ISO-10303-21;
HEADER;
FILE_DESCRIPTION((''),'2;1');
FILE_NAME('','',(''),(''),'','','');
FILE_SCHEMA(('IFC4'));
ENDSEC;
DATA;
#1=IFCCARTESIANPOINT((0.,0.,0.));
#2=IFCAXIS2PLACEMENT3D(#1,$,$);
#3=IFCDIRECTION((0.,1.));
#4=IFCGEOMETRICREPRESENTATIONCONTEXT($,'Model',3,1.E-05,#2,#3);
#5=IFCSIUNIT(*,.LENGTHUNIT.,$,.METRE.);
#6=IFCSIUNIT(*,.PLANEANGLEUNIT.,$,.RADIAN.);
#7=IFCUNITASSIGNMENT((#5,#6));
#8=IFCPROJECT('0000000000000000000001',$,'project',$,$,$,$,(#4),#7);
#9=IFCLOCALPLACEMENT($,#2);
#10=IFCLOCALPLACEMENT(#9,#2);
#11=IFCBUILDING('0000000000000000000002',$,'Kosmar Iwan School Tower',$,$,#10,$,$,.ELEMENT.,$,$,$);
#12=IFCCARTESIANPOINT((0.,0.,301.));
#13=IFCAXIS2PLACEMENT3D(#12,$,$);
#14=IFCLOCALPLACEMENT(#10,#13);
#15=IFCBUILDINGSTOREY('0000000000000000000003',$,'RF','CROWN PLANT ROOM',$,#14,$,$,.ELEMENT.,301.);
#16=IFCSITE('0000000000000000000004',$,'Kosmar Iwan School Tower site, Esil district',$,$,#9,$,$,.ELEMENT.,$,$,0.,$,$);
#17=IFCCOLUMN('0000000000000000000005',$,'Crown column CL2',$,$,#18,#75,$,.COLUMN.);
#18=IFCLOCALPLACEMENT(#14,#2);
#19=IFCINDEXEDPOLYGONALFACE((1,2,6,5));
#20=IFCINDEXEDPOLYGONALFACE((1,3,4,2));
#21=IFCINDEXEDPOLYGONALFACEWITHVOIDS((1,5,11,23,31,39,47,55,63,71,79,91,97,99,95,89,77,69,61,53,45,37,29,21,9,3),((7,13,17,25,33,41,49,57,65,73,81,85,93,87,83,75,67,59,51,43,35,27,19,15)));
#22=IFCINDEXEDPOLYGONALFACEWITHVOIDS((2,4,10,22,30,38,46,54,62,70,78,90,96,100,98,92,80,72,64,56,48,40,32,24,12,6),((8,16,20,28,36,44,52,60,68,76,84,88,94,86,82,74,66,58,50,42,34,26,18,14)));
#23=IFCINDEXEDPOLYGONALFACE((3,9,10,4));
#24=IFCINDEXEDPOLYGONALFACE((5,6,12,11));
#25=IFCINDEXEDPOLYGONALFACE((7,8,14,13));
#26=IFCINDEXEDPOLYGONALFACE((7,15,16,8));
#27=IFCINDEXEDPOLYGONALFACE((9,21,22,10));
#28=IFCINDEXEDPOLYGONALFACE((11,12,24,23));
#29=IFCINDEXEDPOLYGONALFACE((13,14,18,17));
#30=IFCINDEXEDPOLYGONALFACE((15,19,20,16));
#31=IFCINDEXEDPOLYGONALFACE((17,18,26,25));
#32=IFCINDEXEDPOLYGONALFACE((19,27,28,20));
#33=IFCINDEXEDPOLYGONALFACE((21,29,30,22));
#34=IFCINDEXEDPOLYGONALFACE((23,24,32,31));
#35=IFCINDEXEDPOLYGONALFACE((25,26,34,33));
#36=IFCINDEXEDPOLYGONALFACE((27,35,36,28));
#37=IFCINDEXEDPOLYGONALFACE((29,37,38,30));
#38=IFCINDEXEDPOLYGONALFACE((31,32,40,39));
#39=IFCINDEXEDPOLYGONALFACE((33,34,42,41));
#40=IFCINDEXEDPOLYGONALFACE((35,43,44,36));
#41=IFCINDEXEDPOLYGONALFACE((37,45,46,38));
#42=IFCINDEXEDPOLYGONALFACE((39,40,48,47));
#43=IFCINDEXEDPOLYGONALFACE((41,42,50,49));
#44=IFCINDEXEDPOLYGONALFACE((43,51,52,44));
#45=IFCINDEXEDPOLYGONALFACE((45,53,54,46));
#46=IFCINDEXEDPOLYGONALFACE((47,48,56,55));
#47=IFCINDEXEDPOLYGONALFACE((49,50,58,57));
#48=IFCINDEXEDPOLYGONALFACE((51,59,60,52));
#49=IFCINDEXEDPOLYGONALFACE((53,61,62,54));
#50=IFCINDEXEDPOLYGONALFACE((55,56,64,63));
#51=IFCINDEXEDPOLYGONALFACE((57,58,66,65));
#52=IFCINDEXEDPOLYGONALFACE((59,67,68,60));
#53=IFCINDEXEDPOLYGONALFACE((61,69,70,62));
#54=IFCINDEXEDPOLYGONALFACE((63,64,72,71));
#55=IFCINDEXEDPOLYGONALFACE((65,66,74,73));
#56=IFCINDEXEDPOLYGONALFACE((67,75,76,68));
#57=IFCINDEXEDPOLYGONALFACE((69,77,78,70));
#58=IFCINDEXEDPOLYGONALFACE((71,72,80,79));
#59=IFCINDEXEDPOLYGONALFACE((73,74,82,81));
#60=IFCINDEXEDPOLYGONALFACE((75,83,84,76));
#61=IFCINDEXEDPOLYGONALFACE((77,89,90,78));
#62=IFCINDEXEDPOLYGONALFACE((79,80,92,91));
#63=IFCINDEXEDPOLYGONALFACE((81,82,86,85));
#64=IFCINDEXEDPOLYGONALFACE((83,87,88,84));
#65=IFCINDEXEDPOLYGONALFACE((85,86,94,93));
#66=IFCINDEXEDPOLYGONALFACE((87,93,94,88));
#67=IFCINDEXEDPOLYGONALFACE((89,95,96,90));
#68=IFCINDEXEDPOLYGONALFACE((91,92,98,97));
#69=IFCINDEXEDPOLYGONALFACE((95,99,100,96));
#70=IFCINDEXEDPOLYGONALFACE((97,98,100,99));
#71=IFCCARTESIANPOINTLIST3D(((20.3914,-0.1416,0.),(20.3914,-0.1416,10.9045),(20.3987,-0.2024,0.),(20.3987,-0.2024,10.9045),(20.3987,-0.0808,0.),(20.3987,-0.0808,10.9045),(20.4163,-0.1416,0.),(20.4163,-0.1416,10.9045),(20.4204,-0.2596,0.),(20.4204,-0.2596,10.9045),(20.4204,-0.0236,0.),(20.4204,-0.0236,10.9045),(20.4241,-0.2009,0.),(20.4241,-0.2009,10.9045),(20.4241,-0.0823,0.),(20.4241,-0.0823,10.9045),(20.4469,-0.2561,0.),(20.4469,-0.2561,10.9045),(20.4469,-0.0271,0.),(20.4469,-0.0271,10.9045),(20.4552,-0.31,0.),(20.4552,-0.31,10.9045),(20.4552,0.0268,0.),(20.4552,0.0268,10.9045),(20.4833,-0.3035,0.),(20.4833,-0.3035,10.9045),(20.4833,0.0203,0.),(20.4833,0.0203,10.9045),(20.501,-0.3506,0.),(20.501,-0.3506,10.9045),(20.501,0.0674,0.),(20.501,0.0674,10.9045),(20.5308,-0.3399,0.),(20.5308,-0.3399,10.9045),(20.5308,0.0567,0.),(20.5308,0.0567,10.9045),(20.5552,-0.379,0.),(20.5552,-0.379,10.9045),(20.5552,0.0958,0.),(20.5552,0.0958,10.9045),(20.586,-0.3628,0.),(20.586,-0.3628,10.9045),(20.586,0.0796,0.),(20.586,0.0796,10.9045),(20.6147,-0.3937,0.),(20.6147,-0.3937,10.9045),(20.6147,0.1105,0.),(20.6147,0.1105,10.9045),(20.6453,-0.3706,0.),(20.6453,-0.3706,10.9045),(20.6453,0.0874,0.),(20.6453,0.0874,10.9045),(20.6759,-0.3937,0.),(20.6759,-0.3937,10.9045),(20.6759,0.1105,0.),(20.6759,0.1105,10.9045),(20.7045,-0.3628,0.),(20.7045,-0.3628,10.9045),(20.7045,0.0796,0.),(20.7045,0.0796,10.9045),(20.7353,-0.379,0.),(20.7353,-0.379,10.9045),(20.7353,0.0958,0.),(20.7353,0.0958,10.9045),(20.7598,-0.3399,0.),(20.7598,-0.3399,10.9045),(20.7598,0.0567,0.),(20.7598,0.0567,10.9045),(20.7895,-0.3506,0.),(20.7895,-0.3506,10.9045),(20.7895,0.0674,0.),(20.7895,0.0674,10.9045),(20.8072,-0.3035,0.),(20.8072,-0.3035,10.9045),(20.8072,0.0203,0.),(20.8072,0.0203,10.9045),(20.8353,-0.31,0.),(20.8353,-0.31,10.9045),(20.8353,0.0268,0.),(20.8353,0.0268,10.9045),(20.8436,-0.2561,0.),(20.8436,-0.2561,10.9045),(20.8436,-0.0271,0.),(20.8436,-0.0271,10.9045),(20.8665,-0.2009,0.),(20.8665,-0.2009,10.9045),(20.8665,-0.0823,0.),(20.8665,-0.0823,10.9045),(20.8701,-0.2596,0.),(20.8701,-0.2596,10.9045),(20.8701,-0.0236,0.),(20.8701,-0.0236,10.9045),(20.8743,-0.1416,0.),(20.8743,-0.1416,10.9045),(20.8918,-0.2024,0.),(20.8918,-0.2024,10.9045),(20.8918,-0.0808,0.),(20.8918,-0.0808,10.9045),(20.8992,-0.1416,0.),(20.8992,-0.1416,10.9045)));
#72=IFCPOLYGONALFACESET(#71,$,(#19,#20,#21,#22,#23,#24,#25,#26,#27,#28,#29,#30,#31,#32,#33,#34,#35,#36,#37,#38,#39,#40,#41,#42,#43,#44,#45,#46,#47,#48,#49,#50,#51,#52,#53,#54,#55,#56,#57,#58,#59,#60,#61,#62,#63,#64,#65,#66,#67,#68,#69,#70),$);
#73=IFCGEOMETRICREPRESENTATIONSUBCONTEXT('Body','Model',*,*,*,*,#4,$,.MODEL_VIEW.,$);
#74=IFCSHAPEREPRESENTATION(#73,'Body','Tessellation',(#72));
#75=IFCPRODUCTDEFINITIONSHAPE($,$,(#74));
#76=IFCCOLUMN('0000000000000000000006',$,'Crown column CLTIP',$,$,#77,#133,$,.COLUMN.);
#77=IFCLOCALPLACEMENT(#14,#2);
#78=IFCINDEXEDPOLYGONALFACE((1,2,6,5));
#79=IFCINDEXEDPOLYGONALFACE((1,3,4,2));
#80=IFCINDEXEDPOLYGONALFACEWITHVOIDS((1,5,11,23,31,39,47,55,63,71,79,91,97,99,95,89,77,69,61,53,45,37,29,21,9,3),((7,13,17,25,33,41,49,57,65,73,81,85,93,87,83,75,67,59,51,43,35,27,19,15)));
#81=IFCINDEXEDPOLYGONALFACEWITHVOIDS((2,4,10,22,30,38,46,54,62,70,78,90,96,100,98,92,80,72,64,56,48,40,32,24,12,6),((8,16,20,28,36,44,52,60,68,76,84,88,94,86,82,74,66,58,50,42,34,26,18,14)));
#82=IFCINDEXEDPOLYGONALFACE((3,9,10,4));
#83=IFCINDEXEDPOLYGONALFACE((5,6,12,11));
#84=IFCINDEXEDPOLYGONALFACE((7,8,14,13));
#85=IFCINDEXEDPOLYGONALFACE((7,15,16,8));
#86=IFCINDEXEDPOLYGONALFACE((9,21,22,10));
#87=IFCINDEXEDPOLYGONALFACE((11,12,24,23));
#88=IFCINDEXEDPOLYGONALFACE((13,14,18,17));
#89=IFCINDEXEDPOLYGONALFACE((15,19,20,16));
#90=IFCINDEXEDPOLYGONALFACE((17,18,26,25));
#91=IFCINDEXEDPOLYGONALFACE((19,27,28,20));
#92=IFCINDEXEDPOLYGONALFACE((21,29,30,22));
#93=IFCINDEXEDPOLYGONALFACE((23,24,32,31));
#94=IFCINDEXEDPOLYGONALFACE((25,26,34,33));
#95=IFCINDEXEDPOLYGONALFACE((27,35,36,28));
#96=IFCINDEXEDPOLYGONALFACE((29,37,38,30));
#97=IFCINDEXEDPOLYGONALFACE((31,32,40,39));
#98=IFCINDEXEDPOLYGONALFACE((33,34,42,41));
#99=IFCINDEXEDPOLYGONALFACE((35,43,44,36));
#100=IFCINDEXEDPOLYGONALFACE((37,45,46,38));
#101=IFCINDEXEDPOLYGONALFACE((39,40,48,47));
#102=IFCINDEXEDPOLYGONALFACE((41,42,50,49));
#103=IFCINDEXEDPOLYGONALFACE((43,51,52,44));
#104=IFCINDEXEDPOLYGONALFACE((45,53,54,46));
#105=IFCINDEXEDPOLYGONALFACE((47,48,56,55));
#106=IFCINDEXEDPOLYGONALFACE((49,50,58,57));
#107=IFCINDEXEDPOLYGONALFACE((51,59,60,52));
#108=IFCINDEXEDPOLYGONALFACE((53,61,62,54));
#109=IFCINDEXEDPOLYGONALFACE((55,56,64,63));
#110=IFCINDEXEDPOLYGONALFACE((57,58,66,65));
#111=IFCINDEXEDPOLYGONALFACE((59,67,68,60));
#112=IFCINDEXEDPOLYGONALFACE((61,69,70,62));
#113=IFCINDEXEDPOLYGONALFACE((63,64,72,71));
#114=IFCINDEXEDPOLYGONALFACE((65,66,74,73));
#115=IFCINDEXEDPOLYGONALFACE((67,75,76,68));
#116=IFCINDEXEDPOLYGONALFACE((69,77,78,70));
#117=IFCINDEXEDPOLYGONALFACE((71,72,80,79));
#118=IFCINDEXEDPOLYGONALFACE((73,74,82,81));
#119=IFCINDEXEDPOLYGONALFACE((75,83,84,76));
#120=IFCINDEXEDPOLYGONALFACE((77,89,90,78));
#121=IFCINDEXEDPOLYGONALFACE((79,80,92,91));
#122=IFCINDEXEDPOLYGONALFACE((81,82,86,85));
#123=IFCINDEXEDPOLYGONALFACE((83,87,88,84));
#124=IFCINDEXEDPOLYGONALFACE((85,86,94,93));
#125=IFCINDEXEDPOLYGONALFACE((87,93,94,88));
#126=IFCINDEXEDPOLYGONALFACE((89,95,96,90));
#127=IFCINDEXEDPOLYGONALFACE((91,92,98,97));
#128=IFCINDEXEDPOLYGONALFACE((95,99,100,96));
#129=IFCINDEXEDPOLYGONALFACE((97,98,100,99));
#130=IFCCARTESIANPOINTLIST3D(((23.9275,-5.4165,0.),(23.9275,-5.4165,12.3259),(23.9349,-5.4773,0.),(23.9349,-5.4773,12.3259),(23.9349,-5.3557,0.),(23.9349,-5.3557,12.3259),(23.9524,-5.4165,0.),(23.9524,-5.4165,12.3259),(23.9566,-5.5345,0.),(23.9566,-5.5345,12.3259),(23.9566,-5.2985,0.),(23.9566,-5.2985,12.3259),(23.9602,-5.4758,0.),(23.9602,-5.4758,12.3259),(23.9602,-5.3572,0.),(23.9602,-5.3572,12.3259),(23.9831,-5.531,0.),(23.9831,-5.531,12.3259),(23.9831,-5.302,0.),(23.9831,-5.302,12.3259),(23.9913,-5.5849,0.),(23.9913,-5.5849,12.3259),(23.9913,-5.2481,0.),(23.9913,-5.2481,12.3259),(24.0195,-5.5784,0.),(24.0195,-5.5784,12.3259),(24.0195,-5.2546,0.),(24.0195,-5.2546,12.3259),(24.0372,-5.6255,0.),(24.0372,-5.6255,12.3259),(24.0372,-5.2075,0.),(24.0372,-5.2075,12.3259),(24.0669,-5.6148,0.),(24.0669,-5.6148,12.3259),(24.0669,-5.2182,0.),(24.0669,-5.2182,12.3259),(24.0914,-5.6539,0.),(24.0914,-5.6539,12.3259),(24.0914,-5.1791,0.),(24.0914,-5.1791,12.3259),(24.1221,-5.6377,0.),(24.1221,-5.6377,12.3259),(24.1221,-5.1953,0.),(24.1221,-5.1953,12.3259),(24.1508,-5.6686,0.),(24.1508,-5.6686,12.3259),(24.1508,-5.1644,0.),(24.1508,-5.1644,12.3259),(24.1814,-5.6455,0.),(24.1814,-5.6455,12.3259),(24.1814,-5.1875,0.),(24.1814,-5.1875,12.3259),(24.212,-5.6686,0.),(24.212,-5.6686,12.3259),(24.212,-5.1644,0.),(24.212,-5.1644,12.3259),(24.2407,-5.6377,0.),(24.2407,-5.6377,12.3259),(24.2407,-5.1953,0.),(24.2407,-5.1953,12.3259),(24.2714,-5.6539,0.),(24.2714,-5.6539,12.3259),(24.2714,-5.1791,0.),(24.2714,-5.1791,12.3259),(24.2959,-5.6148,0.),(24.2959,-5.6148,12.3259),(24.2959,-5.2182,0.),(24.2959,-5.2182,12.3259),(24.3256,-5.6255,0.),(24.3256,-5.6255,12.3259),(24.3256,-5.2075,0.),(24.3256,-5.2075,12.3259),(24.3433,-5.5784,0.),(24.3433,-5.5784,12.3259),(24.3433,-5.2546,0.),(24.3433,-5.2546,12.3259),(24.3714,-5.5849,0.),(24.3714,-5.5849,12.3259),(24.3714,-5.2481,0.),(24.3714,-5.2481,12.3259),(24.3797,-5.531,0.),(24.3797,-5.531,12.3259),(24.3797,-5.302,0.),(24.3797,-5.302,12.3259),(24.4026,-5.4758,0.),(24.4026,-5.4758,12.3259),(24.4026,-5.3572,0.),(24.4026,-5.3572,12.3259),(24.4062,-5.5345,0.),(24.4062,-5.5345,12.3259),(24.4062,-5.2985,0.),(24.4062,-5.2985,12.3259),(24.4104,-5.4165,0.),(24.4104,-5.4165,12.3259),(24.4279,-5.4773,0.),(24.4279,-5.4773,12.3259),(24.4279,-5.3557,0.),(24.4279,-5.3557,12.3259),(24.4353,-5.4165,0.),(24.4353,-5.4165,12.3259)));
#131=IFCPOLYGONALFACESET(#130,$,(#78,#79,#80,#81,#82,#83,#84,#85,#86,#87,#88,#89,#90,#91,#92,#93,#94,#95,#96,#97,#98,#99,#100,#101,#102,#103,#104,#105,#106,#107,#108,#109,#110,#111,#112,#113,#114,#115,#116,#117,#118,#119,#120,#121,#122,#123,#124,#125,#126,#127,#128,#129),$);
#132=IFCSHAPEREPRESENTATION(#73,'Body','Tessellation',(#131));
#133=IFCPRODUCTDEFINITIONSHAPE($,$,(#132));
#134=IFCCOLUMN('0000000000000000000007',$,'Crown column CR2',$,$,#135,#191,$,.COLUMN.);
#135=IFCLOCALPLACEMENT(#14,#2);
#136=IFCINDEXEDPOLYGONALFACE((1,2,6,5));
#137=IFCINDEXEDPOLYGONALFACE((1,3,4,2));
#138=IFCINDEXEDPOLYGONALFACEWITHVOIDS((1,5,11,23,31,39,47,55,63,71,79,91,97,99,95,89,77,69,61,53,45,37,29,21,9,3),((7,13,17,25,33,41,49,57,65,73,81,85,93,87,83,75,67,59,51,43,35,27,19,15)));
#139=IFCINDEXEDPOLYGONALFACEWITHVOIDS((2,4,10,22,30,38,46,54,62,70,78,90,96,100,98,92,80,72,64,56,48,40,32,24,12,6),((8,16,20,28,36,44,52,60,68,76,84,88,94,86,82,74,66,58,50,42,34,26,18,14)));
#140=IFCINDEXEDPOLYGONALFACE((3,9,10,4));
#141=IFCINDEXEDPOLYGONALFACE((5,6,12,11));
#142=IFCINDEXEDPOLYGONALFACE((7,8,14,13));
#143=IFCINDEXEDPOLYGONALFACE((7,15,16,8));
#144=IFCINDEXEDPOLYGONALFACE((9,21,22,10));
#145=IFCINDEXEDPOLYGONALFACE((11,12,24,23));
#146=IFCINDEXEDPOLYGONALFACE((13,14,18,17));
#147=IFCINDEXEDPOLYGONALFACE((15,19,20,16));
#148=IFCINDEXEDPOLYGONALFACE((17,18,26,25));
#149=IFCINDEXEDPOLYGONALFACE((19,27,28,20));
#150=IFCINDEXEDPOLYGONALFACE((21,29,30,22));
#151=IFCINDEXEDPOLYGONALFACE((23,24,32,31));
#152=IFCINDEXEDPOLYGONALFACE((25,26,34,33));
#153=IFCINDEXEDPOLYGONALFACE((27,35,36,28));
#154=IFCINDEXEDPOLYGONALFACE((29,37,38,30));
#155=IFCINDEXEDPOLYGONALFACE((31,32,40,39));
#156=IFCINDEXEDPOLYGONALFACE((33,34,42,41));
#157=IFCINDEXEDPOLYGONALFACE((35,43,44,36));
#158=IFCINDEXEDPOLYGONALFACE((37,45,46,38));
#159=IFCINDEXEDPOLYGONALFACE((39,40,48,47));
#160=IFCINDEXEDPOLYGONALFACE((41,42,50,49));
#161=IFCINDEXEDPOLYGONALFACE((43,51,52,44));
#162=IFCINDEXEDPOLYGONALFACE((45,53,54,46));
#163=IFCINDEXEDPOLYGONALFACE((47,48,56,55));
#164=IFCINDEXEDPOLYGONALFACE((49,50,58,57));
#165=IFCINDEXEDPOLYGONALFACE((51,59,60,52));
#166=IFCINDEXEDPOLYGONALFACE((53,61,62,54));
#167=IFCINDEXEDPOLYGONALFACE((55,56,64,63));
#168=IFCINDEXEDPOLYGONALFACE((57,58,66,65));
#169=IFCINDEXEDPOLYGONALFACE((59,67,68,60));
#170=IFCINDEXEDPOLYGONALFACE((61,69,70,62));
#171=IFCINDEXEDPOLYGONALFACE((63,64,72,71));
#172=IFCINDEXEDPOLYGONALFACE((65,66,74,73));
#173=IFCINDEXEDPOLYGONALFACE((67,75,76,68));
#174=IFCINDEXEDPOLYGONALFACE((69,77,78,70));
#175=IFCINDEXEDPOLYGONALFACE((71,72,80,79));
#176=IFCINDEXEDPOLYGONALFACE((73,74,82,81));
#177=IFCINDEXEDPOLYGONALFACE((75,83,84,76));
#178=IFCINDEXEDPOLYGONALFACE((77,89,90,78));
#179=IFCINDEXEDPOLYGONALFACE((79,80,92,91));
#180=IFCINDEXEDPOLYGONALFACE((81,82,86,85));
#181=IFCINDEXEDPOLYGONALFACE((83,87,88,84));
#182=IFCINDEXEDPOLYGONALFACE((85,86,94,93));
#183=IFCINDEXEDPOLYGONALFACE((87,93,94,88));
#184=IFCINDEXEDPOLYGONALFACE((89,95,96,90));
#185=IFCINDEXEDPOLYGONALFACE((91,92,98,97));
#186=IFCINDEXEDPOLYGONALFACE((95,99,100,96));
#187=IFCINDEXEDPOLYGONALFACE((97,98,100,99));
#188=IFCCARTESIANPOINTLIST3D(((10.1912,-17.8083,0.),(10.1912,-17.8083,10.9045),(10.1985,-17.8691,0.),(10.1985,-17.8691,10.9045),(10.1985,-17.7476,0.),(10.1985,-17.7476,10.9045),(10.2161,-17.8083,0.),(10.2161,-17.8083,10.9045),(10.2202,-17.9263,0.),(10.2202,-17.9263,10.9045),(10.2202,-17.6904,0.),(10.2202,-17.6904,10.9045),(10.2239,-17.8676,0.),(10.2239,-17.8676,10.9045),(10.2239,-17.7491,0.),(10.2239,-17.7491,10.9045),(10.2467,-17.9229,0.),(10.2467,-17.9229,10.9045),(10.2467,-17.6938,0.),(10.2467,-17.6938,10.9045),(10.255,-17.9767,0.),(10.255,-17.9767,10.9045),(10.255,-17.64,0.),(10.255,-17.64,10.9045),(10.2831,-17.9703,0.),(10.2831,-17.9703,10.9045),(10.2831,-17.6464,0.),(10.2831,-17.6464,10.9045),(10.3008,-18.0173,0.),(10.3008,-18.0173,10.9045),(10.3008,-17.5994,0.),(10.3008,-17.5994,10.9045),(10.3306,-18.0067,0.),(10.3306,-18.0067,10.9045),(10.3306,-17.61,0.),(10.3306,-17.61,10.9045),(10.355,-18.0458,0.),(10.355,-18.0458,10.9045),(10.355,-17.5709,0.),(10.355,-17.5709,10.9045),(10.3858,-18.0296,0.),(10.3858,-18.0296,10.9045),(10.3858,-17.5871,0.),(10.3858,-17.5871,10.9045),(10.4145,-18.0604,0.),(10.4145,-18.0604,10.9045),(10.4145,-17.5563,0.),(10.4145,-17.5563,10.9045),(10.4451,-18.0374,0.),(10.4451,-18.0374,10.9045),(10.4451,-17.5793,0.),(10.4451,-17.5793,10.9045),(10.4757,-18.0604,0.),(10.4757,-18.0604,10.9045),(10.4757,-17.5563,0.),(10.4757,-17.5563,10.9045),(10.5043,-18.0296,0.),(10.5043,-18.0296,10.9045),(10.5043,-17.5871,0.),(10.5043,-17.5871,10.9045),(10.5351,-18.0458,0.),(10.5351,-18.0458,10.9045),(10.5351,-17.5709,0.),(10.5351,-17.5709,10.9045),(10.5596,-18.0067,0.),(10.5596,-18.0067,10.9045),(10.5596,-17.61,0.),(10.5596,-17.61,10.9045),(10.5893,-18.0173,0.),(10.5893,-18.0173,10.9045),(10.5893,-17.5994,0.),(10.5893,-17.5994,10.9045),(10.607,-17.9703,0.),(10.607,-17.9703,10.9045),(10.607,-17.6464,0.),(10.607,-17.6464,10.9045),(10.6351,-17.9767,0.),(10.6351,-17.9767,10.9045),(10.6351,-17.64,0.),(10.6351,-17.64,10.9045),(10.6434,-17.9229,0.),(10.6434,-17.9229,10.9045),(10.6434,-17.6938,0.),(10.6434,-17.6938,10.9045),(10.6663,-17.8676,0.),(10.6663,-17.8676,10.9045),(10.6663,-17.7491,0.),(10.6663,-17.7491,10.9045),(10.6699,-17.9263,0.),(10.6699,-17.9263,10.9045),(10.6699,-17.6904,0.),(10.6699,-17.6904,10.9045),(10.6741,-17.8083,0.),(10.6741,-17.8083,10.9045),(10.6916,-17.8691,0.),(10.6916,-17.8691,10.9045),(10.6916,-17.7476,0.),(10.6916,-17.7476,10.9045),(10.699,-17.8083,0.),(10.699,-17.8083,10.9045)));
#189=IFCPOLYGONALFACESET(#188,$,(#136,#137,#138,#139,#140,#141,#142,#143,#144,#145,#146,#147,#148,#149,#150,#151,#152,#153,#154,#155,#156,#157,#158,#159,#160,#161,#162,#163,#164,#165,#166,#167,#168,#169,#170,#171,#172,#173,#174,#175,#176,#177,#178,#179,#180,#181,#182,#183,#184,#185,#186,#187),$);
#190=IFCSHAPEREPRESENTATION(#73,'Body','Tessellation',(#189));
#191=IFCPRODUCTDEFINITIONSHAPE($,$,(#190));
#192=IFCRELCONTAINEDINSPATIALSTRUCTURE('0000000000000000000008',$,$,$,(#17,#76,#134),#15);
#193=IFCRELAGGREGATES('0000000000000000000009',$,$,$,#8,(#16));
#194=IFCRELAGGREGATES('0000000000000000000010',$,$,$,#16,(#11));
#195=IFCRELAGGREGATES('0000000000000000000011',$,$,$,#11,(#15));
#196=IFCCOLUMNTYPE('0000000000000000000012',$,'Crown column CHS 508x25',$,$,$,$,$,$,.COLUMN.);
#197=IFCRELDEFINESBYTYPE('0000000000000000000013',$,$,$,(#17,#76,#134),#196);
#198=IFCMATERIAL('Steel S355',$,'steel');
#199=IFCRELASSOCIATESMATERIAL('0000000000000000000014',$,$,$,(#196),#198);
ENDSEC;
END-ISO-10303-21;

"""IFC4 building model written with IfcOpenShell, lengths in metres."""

from ifc_helpers import new_model, si_unit, direction, frame, origin, origin_2d, place, context, subcontext, project, spatial, hollow_circle, extrude, material, material_profile, profile_set, type_object, element, save


model = new_model("IFC4")

# Units and contexts
model_context = context("Model", 3, precision=1e-05, world=origin(), true_north=direction((0.0, 1.0)))
body_context = subcontext(model_context, "Body", "Model", "MODEL_VIEW")
ifc_project = project(units=[si_unit("LENGTHUNIT", "METRE"), si_unit("PLANEANGLEUNIT", "RADIAN")], contexts=[model_context])

# Site, building, storey
site_placement = place(None, origin())
site = spatial("IfcSite", under=ifc_project, at=site_placement, Name="Kosmar Iwan School Tower site, Esil district", CompositionType="ELEMENT", RefElevation=0.0)
building_placement = place(site_placement, origin())
building = spatial("IfcBuilding", under=site, at=building_placement, Name="Kosmar Iwan School Tower", CompositionType="ELEMENT")
storey_placement = place(building_placement, frame((0.0, 0.0, 301.0)))
storey = spatial("IfcBuildingStorey", under=building, at=storey_placement, Name="RF", Description="CROWN PLANT ROOM", CompositionType="ELEMENT", Elevation=301.0)

# Columns
ifc_material_1 = material(Name="Steel S355", Category="steel")
ifc_material_profile_1 = material_profile(ifc_material_1, hollow_circle(Radius=0.2539, WallThickness=0.0249, at=origin_2d()), Name="CHS 508x25")
ifc_profile_set_1 = profile_set([ifc_material_profile_1], Name="Steel S355")
column_type = type_object("IfcColumnType", Name="Crown column CHS 508x25", PredefinedType="COLUMN", material=ifc_profile_set_1)
column_1_placement = place(storey_placement, frame((20.6453, -0.1416, 0.0), z_axis=(0.0, 0.0, 1.0), x_axis=(1.0, 0.0, 0.0)))
element("IfcColumn", 1, at=column_1_placement, inside=storey, type_object=column_type, Name="Crown column CL2", PredefinedType="COLUMN", context=body_context, shape_type="SweptSolid", body=[
    extrude(hollow_circle(Radius=0.2539, WallThickness=0.0249, at=origin_2d()), origin(), (0.0, 0.0, 1.0), 10.9045),
])
column_2_placement = place(storey_placement, frame((24.1814, -5.4165, 0.0), z_axis=(0.0, 0.0, 1.0), x_axis=(1.0, 0.0, 0.0)))
element("IfcColumn", 2, at=column_2_placement, inside=storey, type_object=column_type, Name="Crown column CLTIP", PredefinedType="COLUMN", context=body_context, shape_type="SweptSolid", body=[
    extrude(hollow_circle(Radius=0.2539, WallThickness=0.0249, at=origin_2d()), origin(), (0.0, 0.0, 1.0), 12.3259),
])
column_3_placement = place(storey_placement, frame((10.4451, -17.8083, 0.0), z_axis=(0.0, 0.0, 1.0), x_axis=(1.0, 0.0, 0.0)))
element("IfcColumn", 3, at=column_3_placement, inside=storey, type_object=column_type, Name="Crown column CR2", PredefinedType="COLUMN", context=body_context, shape_type="SweptSolid", body=[
    extrude(hollow_circle(Radius=0.2539, WallThickness=0.0249, at=origin_2d()), origin(), (0.0, 0.0, 1.0), 10.9045),
])

save(model, "model.ifc")
